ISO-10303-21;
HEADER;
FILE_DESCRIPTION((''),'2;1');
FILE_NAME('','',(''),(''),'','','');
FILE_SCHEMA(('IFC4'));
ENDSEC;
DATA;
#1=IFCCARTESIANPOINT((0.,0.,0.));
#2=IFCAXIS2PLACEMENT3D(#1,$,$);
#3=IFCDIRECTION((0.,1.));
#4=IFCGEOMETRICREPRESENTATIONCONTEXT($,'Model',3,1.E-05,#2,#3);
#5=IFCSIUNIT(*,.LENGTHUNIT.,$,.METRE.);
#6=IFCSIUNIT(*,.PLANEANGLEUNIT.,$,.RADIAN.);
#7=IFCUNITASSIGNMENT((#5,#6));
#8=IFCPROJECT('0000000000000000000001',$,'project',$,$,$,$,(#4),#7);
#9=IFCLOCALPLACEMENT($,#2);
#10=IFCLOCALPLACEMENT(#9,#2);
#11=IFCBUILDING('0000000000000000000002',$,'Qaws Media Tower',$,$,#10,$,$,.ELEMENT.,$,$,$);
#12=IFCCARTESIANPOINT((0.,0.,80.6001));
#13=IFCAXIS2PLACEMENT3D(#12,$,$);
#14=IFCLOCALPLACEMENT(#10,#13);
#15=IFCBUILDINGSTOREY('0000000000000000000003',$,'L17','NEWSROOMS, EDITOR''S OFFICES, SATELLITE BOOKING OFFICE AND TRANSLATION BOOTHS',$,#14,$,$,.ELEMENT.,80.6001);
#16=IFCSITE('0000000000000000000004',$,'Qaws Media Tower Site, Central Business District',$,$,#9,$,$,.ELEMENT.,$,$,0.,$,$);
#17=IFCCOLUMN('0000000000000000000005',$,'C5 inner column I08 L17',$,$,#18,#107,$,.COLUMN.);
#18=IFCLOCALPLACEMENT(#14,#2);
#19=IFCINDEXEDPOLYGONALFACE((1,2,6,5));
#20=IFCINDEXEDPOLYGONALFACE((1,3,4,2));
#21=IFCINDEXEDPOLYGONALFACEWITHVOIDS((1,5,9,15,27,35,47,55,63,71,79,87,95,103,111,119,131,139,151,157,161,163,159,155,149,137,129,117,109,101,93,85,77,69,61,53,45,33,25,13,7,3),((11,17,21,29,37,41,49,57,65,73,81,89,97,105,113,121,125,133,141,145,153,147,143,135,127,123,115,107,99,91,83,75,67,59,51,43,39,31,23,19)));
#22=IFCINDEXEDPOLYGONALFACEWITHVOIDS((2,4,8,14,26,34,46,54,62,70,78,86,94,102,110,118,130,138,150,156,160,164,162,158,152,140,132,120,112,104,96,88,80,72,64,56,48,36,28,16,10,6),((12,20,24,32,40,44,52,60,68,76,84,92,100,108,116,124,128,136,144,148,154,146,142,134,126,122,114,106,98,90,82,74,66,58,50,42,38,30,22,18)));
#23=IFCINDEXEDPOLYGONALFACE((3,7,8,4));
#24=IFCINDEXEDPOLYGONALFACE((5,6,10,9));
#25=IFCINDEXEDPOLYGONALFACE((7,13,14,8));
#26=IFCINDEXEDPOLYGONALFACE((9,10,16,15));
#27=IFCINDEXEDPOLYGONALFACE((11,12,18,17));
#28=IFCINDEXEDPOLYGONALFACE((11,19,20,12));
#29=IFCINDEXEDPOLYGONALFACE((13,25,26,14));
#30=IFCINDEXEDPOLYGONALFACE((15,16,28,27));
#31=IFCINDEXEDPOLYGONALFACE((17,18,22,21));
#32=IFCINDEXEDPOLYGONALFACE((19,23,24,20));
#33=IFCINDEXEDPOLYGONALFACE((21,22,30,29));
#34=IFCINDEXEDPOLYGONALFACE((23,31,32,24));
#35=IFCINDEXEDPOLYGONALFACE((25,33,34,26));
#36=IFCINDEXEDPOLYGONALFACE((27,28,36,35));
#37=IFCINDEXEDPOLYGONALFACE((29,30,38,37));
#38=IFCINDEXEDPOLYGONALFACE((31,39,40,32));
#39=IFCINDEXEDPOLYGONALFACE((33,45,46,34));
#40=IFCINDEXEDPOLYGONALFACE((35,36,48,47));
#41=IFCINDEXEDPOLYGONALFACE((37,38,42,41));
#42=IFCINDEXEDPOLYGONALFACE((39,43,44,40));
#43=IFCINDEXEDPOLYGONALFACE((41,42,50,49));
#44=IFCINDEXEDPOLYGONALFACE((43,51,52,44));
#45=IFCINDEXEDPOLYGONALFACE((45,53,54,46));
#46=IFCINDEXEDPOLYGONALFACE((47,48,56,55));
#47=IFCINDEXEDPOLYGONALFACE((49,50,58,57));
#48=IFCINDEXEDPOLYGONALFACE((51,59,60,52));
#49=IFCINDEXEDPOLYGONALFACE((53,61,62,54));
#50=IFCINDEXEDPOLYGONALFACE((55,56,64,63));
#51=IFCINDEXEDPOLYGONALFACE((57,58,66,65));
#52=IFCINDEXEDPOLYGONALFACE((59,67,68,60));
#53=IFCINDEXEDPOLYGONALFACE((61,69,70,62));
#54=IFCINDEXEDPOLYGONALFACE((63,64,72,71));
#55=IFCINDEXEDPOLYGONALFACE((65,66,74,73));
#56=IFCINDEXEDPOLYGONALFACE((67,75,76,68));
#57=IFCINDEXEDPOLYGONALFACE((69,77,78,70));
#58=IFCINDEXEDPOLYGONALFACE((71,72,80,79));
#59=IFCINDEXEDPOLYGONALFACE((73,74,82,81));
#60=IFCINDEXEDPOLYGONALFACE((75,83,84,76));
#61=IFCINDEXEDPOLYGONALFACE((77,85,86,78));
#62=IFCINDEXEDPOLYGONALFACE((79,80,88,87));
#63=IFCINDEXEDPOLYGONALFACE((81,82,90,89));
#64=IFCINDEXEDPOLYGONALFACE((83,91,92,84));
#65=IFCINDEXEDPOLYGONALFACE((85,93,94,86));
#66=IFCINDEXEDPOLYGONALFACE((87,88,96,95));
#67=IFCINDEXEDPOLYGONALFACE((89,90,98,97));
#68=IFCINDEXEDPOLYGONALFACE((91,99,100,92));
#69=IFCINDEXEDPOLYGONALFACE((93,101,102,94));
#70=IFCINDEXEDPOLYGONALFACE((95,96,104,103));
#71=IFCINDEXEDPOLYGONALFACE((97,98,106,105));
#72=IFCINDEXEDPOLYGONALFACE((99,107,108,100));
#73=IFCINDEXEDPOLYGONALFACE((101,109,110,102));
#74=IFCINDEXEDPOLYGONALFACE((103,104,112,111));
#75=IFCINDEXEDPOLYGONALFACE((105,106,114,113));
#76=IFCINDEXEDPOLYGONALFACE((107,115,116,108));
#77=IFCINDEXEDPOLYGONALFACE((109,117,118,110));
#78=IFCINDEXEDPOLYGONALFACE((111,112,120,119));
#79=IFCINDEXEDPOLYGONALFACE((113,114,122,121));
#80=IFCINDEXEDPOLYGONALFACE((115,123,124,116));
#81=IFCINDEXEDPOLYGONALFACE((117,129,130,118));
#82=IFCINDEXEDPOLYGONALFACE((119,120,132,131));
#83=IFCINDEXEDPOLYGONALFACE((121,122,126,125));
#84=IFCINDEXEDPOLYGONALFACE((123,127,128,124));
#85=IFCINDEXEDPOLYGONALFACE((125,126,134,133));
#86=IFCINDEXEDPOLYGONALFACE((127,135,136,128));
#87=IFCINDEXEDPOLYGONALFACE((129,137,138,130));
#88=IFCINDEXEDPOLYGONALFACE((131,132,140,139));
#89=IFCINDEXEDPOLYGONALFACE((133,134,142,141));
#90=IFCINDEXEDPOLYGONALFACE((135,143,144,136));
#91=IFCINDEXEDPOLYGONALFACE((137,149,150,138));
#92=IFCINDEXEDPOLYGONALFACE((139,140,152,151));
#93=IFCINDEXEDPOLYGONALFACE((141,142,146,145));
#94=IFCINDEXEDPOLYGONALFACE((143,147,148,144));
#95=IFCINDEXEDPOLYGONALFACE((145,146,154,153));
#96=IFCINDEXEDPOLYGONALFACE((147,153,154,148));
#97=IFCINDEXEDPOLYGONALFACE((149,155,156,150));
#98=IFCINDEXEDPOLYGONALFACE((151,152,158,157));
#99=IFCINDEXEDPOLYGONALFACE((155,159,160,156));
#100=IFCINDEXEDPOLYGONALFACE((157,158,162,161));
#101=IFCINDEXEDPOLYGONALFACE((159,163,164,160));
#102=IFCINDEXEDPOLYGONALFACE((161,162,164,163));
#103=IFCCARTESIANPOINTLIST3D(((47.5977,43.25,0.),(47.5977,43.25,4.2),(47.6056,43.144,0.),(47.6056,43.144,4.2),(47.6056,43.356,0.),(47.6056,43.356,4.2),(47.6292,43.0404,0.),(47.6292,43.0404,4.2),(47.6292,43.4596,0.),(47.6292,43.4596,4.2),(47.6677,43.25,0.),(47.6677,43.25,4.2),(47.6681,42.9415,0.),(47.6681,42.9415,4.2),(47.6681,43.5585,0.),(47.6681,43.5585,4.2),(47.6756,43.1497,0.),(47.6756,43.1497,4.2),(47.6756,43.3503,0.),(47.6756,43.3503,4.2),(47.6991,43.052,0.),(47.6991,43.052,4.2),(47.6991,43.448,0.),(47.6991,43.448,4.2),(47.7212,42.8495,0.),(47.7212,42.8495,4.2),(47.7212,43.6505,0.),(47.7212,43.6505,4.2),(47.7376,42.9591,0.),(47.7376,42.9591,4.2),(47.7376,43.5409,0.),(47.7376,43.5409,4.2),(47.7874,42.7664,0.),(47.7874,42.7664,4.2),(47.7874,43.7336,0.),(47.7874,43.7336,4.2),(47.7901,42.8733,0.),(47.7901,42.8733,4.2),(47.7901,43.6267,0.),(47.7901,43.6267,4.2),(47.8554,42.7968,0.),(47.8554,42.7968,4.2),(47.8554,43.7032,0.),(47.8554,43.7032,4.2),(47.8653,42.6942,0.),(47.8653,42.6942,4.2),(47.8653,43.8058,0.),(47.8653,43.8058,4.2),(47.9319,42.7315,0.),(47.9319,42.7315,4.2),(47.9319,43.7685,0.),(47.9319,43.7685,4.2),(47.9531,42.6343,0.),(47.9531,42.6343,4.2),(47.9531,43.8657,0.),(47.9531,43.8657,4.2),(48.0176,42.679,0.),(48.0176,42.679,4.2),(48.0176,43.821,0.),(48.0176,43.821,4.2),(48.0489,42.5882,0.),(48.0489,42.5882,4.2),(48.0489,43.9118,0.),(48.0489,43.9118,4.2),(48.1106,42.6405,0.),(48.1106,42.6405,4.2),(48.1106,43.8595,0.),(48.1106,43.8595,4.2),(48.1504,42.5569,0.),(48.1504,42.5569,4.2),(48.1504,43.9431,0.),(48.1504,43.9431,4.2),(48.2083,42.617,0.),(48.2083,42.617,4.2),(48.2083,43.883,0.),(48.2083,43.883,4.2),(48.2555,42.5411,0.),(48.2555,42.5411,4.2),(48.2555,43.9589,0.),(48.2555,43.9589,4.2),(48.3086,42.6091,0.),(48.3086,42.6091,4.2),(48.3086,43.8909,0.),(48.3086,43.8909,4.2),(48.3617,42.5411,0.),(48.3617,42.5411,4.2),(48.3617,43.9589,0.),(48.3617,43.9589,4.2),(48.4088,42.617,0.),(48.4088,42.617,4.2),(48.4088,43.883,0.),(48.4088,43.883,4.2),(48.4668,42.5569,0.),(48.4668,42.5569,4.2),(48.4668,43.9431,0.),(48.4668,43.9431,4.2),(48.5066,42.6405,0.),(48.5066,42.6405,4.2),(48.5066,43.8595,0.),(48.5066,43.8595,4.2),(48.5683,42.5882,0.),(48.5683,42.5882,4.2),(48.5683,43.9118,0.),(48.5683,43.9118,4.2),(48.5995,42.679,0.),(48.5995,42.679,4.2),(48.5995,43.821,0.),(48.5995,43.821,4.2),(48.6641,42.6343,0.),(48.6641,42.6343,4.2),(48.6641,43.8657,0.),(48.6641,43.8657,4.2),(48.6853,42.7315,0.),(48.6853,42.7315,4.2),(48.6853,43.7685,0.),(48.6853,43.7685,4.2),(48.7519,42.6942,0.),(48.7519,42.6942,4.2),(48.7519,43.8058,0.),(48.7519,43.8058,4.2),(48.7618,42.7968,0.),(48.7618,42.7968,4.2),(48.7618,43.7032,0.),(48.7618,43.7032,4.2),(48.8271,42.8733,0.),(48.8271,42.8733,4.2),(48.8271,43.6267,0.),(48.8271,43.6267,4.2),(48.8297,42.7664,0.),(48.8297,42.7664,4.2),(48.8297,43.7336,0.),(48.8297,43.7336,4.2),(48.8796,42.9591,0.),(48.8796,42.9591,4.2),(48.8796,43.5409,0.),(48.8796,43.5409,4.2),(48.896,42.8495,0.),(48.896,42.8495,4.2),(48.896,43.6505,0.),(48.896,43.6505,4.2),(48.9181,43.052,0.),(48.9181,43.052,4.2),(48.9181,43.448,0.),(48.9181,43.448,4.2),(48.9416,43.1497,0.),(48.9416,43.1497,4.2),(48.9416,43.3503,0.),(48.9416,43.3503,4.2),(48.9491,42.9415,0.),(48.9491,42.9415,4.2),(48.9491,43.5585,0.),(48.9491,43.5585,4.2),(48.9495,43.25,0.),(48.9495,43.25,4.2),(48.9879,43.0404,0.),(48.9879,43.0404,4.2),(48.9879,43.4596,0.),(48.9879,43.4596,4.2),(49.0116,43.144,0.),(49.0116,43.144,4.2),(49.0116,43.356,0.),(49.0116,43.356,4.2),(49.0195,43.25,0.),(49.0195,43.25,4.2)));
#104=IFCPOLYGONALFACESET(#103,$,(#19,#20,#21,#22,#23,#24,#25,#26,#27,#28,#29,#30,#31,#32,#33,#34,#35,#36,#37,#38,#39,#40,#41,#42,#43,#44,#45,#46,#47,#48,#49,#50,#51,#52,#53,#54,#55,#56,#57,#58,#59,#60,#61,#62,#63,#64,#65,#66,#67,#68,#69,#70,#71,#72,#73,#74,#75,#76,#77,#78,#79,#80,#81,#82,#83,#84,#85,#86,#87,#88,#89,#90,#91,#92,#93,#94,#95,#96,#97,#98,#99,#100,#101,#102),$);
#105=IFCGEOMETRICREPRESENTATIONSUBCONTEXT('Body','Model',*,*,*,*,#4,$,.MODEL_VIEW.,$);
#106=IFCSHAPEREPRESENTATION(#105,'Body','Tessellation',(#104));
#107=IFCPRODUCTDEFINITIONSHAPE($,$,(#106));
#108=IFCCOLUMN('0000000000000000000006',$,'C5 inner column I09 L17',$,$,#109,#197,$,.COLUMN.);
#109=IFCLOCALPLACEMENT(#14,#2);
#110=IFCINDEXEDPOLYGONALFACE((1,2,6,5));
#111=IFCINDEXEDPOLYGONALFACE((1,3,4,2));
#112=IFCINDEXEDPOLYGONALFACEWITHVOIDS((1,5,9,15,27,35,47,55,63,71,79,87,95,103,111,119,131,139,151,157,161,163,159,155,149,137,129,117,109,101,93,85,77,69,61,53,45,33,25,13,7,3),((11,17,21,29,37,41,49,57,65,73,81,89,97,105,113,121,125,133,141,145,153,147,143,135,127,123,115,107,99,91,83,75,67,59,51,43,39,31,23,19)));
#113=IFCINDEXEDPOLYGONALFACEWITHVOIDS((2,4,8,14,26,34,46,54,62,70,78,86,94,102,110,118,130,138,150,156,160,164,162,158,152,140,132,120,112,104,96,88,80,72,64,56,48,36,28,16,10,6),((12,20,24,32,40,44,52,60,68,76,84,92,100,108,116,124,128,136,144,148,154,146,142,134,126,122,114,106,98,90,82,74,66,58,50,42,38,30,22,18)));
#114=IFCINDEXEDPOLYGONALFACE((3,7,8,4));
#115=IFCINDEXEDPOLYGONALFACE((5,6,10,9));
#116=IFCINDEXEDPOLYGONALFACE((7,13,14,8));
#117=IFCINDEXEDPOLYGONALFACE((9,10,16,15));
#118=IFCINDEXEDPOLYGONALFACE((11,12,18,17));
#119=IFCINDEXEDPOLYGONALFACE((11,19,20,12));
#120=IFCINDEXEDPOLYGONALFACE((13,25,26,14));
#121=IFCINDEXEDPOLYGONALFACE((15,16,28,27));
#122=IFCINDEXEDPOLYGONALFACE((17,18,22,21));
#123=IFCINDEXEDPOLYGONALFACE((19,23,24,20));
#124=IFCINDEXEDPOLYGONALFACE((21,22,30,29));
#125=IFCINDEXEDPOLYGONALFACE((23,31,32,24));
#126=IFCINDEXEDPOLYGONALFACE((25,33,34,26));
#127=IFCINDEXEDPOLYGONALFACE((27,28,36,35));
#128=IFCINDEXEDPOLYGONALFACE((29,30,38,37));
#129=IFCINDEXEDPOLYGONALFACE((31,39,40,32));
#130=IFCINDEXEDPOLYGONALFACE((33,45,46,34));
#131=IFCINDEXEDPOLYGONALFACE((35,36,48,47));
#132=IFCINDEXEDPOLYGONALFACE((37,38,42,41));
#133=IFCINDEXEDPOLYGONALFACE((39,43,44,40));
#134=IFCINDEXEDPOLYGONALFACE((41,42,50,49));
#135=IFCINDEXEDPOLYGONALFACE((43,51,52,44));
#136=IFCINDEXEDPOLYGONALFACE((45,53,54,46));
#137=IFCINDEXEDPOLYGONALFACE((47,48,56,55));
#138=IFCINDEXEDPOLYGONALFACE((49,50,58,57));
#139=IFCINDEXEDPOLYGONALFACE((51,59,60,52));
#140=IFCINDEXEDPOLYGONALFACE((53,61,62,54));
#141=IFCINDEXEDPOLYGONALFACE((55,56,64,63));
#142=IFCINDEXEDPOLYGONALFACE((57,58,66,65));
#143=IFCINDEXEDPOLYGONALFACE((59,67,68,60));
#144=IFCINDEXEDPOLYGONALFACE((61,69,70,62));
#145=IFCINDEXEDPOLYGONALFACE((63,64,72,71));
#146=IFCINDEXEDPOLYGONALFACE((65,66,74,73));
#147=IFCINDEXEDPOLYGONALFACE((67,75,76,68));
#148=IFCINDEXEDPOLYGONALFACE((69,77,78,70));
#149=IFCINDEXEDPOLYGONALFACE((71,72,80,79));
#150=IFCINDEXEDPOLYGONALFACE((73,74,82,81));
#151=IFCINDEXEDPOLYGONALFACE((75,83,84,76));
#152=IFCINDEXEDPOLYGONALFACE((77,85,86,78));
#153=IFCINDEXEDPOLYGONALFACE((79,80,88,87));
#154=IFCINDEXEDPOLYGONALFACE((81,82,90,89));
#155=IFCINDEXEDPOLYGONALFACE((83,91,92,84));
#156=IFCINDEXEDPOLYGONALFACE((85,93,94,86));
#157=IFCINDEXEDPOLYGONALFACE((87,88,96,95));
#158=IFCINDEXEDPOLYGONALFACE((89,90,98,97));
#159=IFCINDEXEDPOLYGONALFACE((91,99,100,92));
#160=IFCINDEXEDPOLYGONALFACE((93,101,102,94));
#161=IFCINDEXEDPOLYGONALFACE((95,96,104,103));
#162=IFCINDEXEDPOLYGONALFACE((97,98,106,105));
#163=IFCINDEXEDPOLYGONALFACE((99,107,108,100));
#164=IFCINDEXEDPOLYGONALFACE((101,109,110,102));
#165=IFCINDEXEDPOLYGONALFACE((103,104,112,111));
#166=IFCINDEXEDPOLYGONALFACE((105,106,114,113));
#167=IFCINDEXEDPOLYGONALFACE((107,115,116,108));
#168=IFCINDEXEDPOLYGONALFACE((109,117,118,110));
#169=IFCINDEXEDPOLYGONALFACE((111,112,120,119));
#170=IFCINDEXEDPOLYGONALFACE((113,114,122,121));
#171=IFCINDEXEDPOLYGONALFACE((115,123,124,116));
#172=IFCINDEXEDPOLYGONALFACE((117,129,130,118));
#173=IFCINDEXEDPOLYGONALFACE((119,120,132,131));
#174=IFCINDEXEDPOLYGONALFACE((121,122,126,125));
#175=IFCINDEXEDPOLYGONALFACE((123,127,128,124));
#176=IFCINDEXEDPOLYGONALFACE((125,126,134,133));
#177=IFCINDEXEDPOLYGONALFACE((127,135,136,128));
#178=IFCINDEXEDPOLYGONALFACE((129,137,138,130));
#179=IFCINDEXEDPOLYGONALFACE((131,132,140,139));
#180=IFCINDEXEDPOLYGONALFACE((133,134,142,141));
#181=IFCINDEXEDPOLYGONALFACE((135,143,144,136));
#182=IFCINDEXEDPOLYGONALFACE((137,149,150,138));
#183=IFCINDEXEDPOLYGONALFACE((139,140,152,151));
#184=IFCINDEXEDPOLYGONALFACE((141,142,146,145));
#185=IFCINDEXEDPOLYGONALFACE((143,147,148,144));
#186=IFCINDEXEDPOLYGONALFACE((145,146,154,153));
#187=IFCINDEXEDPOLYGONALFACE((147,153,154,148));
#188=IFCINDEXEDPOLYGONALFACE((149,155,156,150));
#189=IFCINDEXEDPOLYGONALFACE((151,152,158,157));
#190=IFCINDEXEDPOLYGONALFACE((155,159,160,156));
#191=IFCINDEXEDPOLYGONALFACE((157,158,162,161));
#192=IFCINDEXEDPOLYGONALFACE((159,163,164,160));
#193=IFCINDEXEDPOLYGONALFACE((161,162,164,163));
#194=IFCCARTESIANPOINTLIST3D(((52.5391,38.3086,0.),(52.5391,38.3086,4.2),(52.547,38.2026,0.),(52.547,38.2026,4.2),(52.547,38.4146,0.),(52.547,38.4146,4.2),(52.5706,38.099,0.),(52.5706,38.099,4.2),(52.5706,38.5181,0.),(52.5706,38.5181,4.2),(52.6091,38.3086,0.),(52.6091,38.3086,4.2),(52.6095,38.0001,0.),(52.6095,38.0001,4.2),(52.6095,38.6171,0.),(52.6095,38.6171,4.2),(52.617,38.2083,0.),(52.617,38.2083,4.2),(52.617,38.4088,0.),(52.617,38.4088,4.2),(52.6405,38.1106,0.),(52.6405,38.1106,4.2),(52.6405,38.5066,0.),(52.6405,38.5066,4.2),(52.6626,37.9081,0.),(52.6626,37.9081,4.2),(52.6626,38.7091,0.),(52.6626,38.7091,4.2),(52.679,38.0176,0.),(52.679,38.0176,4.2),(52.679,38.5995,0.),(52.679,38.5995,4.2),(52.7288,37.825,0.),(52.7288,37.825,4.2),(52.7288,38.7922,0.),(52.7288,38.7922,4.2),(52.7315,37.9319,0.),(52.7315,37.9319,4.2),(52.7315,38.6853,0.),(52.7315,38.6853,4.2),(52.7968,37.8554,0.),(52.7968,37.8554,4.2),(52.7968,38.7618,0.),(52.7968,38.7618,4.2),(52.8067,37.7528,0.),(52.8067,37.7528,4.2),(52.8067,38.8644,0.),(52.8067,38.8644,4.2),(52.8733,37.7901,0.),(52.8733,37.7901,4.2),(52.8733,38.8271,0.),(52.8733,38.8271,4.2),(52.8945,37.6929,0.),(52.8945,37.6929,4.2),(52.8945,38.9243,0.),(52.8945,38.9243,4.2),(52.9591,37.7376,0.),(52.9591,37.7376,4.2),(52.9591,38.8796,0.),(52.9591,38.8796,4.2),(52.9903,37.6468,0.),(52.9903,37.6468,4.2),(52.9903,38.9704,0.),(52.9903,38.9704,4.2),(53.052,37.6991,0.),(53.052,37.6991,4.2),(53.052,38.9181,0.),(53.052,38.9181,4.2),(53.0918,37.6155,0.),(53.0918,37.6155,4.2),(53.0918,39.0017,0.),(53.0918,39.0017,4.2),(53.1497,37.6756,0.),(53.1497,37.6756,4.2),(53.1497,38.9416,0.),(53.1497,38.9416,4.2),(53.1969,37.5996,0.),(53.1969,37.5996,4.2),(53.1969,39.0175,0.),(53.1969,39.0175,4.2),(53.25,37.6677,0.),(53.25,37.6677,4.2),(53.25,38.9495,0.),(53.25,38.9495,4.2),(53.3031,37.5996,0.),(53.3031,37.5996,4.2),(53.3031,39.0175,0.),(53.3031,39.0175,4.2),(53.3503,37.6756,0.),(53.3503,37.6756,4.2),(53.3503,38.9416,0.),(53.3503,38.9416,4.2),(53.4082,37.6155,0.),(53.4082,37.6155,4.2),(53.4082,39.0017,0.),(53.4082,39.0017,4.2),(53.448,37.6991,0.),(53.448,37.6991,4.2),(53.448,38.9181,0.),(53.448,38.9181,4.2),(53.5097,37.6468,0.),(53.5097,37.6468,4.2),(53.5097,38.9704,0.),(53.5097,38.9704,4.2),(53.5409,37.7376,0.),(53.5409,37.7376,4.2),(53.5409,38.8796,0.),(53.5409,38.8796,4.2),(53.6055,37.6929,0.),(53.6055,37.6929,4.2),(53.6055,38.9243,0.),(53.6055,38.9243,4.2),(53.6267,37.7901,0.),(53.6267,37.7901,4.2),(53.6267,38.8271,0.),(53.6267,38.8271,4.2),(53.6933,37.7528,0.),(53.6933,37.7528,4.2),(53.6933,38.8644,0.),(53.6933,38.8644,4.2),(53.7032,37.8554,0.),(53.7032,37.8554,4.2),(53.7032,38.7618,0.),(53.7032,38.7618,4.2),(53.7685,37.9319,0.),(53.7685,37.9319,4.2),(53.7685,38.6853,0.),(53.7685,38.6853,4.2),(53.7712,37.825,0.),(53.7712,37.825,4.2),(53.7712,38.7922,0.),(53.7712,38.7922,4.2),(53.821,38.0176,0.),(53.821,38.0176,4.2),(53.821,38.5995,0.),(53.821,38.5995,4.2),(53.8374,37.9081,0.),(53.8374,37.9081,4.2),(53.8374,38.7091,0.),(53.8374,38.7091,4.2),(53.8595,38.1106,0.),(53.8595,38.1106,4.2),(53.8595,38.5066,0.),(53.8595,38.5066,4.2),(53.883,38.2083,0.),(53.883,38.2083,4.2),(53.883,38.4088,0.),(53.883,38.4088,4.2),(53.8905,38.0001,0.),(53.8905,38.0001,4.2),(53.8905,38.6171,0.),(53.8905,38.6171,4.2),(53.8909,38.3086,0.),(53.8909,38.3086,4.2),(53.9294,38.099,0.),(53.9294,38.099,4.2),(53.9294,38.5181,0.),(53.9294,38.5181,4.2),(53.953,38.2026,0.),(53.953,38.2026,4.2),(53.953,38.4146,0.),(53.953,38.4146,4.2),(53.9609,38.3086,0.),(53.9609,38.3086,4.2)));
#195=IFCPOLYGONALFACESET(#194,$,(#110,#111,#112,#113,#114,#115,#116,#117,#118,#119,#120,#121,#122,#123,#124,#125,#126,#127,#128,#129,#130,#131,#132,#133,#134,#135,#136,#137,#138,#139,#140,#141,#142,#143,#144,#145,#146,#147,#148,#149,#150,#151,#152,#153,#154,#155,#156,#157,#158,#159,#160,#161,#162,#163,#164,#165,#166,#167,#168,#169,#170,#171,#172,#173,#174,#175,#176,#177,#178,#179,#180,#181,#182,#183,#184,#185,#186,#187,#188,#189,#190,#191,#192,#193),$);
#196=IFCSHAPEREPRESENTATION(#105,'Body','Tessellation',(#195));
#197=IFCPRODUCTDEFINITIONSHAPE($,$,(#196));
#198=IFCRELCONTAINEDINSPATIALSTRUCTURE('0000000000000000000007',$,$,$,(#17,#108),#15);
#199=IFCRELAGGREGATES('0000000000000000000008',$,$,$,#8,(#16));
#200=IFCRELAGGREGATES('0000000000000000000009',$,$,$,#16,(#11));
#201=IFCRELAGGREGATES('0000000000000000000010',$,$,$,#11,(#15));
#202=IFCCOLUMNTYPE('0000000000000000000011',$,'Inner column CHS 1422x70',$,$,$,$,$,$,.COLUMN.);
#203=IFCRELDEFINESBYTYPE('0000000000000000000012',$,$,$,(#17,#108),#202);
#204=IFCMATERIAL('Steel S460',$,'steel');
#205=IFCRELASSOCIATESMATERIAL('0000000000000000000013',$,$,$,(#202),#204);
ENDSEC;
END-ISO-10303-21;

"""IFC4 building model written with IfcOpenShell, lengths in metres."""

from ifc_helpers import new_model, si_unit, direction, frame, origin, origin_2d, place, context, subcontext, project, spatial, hollow_circle, extrude, material, material_profile, profile_set, type_object, element, save


model = new_model("IFC4")

# Units and contexts
model_context = context("Model", 3, precision=1e-05, world=origin(), true_north=direction((0.0, 1.0)))
body_context = subcontext(model_context, "Body", "Model", "MODEL_VIEW")
ifc_project = project(units=[si_unit("LENGTHUNIT", "METRE"), si_unit("PLANEANGLEUNIT", "RADIAN")], contexts=[model_context])

# Site, building, storey
site_placement = place(None, origin())
site = spatial("IfcSite", under=ifc_project, at=site_placement, Name="Qaws Media Tower Site, Central Business District", CompositionType="ELEMENT", RefElevation=0.0)
building_placement = place(site_placement, origin())
building = spatial("IfcBuilding", under=site, at=building_placement, Name="Qaws Media Tower", CompositionType="ELEMENT")
storey_placement = place(building_placement, frame((0.0, 0.0, 80.6001)))
storey = spatial("IfcBuildingStorey", under=building, at=storey_placement, Name="L17", Description="NEWSROOMS, EDITOR'S OFFICES, SATELLITE BOOKING OFFICE AND TRANSLATION BOOTHS", CompositionType="ELEMENT", Elevation=80.6001)

# Columns
ifc_material_1 = material(Name="Steel S460", Category="steel")
ifc_material_profile_1 = material_profile(ifc_material_1, hollow_circle(Radius=0.7109, WallThickness=0.0701, at=origin_2d()), Name="CHS 1422x70")
ifc_profile_set_1 = profile_set([ifc_material_profile_1], Name="Steel S460")
column_type = type_object("IfcColumnType", Name="Inner column CHS 1422x70", PredefinedType="COLUMN", material=ifc_profile_set_1)
for number, where, z_axis, x_axis, name in (
    (1, (48.3086, 43.25, 0.0), (0.0, 0.0, 1.0), (1.0, 0.0, 0.0), "C5 inner column I08 L17"),
    (2, (53.25, 38.3086, 0.0), (0.0, 0.0, 1.0), (1.0, 0.0, 0.0), "C5 inner column I09 L17"),
):
    element("IfcColumn", number, at=place(storey_placement, frame(where, z_axis=z_axis, x_axis=x_axis)), inside=storey, type_object=column_type, Name=name, PredefinedType="COLUMN", context=body_context, shape_type="SweptSolid", body=[
        extrude(hollow_circle(Radius=0.7109, WallThickness=0.0701, at=origin_2d()), origin(), (0.0, 0.0, 1.0), 4.2),
    ])

save(model, "model.ifc")
